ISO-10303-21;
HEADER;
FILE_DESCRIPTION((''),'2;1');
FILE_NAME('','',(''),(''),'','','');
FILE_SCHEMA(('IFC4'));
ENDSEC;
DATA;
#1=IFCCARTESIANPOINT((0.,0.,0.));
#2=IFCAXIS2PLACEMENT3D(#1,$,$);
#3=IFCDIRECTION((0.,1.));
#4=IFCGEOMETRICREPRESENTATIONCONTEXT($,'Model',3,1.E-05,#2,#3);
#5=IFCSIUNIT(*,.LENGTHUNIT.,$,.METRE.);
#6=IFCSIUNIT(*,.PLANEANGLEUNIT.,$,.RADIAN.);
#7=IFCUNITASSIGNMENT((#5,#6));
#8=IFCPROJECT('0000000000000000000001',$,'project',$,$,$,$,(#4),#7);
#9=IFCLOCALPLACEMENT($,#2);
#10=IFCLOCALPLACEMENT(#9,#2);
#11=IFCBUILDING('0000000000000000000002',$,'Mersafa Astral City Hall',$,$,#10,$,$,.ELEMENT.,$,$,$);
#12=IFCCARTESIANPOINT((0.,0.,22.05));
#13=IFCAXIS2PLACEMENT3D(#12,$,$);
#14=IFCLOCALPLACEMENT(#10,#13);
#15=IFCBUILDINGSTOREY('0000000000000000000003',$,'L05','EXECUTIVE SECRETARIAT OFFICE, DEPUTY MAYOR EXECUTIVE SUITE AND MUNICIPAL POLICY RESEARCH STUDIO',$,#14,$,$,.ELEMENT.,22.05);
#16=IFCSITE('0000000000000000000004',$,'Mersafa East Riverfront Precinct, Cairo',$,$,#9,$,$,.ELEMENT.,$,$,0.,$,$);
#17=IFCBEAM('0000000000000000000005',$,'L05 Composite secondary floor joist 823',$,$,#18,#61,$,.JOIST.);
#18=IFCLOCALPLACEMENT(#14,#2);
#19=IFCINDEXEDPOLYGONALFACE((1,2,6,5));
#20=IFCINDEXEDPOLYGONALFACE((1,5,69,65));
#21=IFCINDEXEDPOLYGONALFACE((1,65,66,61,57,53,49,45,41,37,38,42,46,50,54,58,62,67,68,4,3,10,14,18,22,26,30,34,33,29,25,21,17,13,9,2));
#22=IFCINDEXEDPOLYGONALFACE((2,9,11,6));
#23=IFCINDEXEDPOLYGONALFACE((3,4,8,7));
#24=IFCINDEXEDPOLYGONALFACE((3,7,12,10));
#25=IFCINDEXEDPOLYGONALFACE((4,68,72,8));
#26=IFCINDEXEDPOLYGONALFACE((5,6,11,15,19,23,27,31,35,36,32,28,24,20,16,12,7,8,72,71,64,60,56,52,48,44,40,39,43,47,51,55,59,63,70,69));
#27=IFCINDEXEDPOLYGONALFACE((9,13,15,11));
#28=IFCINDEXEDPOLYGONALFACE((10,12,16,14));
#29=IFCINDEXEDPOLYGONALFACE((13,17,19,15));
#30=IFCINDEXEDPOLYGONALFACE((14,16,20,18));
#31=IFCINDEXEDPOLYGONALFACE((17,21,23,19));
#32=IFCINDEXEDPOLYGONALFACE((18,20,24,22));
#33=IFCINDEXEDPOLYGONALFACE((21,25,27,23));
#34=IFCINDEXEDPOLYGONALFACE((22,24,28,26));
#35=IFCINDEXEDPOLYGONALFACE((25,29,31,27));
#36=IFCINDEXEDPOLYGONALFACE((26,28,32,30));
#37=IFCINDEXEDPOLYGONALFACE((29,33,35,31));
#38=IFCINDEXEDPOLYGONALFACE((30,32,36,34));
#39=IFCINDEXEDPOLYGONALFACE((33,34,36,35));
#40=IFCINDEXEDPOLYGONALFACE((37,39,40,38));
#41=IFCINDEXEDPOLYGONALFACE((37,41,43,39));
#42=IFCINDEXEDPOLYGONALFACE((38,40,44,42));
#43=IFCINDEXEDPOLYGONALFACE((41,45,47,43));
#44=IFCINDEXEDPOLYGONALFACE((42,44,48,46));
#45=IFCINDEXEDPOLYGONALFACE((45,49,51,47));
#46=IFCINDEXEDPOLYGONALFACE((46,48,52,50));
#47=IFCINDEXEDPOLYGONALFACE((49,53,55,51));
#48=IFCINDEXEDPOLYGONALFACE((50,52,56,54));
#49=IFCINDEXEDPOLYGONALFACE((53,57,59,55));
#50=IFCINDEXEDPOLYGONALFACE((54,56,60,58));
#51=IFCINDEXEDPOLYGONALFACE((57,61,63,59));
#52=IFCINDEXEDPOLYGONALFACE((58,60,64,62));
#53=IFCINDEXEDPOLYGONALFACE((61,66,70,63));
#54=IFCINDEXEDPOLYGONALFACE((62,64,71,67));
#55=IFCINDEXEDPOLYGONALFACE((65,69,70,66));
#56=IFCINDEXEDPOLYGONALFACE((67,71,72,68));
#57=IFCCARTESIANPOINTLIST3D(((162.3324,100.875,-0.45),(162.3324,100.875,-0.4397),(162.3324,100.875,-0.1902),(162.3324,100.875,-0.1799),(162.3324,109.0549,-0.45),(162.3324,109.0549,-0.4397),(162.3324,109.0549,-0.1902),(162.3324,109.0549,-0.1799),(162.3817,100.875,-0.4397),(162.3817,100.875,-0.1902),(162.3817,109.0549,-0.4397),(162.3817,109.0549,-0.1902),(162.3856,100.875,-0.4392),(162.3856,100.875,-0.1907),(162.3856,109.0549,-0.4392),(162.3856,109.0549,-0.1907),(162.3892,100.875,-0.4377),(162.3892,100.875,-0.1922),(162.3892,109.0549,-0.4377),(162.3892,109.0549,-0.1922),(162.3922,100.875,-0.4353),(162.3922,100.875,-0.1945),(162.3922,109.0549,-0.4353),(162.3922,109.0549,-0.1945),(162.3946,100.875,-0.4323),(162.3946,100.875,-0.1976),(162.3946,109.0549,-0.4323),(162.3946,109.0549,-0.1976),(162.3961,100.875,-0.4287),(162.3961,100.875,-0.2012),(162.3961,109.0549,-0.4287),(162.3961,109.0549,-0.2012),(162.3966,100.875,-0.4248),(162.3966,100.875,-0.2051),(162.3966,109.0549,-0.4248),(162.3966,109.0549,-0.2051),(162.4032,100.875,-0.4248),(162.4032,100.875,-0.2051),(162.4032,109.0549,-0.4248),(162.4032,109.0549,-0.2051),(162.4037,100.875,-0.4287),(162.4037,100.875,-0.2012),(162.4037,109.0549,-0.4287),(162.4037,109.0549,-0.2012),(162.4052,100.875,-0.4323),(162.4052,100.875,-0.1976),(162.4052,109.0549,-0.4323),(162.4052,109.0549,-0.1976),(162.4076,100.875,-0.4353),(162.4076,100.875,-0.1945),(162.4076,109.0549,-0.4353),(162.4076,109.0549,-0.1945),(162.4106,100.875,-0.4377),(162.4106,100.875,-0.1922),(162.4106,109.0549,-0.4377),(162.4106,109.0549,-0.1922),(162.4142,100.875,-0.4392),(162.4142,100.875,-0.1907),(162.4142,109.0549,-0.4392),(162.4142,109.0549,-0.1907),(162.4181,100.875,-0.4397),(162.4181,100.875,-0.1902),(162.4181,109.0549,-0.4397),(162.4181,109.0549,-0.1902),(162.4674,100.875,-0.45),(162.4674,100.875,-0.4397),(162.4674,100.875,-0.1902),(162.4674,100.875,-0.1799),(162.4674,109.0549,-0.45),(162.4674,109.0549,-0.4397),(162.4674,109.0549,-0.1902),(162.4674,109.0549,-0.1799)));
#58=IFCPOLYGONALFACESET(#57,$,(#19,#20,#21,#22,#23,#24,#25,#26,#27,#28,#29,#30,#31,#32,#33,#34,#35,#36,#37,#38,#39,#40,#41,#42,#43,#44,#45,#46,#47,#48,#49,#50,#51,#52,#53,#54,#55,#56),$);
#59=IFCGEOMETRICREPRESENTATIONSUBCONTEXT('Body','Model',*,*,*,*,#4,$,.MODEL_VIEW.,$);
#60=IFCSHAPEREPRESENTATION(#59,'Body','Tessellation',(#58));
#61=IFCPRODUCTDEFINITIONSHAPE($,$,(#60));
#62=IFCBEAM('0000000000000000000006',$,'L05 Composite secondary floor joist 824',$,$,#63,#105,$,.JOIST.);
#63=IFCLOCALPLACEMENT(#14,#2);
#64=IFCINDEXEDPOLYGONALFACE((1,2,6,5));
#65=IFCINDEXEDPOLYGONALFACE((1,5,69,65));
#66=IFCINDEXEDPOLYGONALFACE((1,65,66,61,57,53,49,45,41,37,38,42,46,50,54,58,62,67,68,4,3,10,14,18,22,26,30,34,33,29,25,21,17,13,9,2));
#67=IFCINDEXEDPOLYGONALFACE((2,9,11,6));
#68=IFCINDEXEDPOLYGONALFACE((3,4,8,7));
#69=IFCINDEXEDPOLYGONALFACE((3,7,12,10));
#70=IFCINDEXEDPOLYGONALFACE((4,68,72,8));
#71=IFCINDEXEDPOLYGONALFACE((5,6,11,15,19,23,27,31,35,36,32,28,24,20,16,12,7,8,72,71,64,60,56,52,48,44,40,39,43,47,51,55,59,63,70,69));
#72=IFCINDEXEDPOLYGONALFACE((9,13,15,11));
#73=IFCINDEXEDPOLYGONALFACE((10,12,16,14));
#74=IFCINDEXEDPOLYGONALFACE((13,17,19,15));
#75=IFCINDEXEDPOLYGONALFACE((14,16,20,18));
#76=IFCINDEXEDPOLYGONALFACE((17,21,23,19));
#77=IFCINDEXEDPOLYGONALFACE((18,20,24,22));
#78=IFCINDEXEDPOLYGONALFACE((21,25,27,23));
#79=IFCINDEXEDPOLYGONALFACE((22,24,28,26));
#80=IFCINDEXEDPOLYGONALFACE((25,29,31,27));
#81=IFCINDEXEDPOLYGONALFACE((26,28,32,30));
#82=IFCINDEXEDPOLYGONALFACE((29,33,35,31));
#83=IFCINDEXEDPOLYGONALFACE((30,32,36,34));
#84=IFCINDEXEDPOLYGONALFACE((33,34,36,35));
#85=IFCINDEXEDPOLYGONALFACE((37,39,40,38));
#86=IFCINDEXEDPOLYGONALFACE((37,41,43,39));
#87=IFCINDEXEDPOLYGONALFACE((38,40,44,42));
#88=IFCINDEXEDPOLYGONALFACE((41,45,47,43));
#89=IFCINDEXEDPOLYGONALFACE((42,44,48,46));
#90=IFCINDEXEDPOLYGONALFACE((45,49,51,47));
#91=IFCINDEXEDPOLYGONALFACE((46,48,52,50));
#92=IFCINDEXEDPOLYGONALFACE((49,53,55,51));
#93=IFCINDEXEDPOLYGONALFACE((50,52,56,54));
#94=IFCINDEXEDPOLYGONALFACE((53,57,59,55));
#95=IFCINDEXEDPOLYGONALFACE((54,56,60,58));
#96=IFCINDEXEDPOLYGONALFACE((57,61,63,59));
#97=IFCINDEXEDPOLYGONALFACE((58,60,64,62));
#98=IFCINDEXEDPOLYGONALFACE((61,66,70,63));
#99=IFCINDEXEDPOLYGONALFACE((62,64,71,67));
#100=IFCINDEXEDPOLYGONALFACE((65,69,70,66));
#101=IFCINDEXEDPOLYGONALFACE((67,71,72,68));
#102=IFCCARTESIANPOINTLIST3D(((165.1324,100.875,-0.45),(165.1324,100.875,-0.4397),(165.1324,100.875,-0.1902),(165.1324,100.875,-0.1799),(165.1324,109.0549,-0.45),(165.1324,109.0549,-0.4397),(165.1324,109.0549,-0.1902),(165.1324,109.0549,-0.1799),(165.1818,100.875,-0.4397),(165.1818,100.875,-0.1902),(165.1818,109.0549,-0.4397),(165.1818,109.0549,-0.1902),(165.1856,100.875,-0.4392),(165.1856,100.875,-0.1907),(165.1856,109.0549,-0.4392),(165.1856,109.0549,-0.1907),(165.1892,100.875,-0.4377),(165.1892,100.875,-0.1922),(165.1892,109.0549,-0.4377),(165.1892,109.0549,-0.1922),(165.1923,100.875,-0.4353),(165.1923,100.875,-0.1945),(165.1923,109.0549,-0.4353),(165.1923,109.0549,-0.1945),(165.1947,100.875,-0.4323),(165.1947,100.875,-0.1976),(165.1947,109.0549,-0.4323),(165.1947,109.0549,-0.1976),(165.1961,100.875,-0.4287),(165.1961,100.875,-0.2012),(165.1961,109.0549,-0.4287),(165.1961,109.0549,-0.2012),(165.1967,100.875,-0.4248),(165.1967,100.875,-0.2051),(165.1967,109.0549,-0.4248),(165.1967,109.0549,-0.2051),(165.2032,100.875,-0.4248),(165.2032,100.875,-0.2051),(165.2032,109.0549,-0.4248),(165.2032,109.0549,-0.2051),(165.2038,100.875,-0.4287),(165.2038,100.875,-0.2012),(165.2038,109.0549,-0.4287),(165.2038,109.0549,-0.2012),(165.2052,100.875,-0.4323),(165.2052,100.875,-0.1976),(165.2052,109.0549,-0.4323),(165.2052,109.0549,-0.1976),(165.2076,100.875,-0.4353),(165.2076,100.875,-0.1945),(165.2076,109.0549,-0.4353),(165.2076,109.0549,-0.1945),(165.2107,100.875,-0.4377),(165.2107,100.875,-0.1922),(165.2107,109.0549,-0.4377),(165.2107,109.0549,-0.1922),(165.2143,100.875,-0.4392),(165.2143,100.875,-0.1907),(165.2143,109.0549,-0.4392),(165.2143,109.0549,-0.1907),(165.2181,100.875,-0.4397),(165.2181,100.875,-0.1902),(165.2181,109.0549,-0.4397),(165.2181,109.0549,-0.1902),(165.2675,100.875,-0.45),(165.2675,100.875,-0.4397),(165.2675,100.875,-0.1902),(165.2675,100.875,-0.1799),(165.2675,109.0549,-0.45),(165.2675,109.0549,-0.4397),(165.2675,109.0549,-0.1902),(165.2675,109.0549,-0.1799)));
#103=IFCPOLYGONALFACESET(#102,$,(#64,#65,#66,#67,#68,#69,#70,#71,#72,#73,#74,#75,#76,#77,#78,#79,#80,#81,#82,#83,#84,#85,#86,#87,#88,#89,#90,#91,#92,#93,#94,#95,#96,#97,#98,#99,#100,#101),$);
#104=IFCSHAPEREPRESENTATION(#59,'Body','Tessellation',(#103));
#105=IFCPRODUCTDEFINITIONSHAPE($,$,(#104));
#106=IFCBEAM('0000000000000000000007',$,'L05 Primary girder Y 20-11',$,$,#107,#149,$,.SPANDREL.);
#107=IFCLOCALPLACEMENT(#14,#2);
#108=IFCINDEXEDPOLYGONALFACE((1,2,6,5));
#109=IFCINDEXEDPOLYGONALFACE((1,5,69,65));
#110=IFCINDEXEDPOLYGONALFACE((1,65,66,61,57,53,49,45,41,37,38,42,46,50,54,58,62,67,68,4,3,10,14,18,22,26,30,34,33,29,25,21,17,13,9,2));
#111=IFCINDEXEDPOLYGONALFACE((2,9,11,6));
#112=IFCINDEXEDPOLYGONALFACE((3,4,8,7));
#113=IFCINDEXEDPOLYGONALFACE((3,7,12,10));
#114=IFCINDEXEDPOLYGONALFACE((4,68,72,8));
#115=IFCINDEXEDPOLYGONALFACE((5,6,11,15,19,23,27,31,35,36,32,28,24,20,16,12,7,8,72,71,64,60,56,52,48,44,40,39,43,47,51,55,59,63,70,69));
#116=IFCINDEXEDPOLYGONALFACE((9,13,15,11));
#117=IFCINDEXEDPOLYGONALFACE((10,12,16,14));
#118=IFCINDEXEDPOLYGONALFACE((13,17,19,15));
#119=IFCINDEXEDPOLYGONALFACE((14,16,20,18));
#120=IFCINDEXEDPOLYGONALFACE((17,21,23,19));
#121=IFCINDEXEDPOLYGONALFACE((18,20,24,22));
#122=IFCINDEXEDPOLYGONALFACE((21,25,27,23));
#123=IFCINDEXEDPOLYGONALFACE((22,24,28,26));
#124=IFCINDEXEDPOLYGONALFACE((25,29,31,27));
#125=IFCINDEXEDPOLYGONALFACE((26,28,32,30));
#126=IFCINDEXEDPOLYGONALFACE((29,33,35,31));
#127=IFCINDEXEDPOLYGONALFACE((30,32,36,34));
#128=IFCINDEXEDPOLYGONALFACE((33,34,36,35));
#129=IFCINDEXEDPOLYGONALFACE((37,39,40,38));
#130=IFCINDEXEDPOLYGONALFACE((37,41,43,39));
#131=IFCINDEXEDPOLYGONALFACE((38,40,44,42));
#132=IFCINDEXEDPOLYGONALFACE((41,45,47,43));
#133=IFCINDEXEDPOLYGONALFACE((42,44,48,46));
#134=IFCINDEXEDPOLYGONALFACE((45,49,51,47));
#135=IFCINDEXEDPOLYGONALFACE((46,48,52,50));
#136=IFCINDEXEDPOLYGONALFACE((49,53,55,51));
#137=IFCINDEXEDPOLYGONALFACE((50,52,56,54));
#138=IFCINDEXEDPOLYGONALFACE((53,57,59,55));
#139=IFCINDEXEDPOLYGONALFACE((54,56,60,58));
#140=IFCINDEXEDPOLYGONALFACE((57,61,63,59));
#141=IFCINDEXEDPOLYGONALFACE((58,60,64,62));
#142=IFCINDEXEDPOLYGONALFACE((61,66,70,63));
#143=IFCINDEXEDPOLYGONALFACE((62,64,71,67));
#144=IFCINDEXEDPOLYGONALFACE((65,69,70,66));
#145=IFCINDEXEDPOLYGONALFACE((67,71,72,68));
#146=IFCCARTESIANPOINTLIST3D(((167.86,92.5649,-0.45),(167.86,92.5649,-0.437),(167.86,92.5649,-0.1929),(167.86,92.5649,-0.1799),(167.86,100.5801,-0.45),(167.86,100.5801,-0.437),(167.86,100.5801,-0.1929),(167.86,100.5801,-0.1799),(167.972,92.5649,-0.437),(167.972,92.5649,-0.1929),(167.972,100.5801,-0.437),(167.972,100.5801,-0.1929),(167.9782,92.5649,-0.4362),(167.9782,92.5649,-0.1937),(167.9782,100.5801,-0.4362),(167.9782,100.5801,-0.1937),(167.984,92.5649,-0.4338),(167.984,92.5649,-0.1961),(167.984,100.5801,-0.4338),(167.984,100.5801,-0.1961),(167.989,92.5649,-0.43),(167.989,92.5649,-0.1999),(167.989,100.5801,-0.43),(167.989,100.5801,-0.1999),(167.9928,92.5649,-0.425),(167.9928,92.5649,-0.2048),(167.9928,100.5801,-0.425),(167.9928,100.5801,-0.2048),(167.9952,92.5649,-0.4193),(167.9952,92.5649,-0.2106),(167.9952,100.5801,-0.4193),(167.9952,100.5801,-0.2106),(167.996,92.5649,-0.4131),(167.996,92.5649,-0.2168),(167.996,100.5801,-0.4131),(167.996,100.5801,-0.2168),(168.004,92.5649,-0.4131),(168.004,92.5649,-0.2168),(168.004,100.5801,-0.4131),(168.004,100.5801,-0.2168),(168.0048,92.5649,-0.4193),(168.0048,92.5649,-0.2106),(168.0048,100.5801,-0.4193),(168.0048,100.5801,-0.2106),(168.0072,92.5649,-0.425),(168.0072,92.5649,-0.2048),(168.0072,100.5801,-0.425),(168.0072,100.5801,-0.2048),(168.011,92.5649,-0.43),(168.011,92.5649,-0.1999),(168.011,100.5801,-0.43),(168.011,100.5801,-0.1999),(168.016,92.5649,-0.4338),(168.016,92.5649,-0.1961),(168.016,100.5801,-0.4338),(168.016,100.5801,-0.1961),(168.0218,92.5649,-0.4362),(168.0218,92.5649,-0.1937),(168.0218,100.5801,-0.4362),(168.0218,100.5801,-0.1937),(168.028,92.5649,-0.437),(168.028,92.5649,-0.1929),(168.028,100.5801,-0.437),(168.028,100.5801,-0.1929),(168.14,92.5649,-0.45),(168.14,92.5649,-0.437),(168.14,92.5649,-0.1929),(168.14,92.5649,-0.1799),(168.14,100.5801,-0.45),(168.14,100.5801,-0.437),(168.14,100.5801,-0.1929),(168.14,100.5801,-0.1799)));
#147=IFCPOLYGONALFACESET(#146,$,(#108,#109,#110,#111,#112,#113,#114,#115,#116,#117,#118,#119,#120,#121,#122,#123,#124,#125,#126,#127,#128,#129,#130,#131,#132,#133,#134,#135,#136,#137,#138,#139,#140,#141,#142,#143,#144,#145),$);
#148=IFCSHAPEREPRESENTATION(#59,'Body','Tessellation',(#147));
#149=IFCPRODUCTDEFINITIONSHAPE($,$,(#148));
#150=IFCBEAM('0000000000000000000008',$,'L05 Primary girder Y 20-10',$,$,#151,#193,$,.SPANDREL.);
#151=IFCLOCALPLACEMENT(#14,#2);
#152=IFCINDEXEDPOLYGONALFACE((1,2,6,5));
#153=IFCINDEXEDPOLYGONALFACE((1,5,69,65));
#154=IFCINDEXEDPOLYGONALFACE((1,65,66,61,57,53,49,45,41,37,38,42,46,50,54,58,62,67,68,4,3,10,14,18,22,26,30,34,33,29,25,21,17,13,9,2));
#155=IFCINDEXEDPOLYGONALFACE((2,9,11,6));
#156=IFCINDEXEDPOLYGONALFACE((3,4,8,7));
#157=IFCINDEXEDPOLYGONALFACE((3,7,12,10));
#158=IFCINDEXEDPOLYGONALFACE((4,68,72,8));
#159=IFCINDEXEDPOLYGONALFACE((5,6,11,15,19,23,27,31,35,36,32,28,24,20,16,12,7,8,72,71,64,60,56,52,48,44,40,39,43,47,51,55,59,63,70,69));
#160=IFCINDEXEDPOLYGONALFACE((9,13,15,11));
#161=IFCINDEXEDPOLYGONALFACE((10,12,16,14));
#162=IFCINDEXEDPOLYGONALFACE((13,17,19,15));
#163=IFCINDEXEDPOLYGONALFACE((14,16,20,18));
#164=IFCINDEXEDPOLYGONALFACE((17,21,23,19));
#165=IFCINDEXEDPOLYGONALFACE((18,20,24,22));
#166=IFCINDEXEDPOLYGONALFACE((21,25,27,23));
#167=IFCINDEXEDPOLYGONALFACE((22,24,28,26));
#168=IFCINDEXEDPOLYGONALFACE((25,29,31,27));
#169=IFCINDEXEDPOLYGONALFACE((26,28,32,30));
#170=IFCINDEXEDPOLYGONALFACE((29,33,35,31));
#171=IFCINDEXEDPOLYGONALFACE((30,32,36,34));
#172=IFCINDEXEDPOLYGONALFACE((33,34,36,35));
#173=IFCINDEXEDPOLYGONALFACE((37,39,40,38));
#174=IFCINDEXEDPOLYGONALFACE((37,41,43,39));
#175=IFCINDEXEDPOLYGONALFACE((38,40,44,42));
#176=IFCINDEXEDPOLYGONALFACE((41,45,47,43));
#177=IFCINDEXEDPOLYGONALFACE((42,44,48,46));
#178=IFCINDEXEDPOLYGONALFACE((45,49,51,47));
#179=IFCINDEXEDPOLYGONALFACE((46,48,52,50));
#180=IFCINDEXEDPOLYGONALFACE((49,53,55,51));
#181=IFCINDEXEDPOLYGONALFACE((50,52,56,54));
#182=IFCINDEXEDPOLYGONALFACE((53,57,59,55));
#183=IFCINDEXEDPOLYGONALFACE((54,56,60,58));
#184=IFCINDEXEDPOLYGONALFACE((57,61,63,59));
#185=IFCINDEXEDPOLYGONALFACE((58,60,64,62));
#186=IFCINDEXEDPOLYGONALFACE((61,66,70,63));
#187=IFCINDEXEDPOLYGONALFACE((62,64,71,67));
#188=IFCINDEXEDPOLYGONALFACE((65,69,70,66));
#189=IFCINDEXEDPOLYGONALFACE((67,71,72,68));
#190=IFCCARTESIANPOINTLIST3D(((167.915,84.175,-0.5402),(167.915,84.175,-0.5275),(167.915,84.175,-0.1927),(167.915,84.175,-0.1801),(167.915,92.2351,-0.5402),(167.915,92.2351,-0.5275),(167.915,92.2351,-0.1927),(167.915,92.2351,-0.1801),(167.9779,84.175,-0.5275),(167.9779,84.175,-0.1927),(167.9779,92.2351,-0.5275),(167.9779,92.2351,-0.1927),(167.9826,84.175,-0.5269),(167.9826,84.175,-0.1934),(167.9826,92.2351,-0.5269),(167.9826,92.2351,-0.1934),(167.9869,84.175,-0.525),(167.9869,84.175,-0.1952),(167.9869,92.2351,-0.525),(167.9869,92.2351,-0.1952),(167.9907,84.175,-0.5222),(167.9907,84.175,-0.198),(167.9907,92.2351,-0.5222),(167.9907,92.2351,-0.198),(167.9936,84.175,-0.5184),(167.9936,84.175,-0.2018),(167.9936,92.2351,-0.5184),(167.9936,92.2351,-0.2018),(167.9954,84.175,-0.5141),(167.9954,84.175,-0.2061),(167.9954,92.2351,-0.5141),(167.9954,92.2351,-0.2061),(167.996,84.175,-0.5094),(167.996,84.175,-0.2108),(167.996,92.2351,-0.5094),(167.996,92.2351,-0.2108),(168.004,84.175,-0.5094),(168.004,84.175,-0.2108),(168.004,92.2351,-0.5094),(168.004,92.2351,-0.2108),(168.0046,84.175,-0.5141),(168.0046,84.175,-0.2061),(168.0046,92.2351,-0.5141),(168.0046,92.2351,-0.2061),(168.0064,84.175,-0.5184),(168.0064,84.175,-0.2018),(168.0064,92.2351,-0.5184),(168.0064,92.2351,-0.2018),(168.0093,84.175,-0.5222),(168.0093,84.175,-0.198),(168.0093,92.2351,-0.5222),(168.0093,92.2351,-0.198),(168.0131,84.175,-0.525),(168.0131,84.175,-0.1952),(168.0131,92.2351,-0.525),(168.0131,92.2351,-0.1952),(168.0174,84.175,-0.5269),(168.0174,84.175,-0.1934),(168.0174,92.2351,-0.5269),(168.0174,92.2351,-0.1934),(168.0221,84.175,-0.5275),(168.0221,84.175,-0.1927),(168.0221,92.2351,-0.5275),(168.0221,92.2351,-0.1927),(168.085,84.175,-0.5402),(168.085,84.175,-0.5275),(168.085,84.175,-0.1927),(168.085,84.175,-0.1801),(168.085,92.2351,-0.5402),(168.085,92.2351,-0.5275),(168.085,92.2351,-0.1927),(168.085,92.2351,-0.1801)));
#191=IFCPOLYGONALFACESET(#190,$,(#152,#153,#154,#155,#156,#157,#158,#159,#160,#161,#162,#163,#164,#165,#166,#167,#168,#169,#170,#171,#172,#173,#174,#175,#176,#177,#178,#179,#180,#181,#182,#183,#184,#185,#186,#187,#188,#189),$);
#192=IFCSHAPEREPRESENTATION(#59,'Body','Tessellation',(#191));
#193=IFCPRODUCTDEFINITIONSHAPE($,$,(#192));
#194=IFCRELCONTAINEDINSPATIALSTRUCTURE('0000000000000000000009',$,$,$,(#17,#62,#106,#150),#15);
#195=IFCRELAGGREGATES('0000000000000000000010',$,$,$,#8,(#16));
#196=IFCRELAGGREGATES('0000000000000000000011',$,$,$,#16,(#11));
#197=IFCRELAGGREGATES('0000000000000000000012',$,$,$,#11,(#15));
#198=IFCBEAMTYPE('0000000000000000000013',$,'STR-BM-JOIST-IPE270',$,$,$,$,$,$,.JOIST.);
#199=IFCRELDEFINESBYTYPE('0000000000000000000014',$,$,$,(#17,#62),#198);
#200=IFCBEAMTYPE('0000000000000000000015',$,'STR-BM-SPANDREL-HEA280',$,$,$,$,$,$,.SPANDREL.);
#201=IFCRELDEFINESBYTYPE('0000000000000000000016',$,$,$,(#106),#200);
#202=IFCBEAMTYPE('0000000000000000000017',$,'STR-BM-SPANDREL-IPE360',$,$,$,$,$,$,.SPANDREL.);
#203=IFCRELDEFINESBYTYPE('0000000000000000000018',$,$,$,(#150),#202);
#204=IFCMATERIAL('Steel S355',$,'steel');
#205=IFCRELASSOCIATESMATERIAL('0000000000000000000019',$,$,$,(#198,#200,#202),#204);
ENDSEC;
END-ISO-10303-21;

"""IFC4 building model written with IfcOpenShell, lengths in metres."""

from ifc_helpers import new_model, si_unit, direction, frame, origin, origin_2d, place, context, subcontext, project, spatial, i_section, extrude, material, material_profile, profile_set, type_object, element, save


model = new_model("IFC4")

# Units and contexts
model_context = context("Model", 3, precision=1e-05, world=origin(), true_north=direction((0.0, 1.0)))
body_context = subcontext(model_context, "Body", "Model", "MODEL_VIEW")
ifc_project = project(units=[si_unit("LENGTHUNIT", "METRE"), si_unit("PLANEANGLEUNIT", "RADIAN")], contexts=[model_context])

# Site, building, storey
site_placement = place(None, origin())
site = spatial("IfcSite", under=ifc_project, at=site_placement, Name="Mersafa East Riverfront Precinct, Cairo", CompositionType="ELEMENT", RefElevation=0.0)
building_placement = place(site_placement, origin())
building = spatial("IfcBuilding", under=site, at=building_placement, Name="Mersafa Astral City Hall", CompositionType="ELEMENT")
storey_placement = place(building_placement, frame((0.0, 0.0, 22.05)))
storey = spatial("IfcBuildingStorey", under=building, at=storey_placement, Name="L05", Description="EXECUTIVE SECRETARIAT OFFICE, DEPUTY MAYOR EXECUTIVE SUITE AND MUNICIPAL POLICY RESEARCH STUDIO", CompositionType="ELEMENT", Elevation=22.05)

# Shared definitions
ifc_material_1 = material(Name="Steel S355", Category="steel")

# Beams
ifc_material_profile_1 = material_profile(ifc_material_1, i_section(OverallWidth=0.135, OverallDepth=0.27, WebThickness=0.0066, FlangeThickness=0.0103, FilletRadius=0.0149, at=origin_2d()), Name="IPE 270")
ifc_profile_set_1 = profile_set([ifc_material_profile_1], Name="Steel S355")
beam_type_1 = type_object("IfcBeamType", Name="STR-BM-JOIST-IPE270", PredefinedType="JOIST", material=ifc_profile_set_1)
for number, where, z_axis, x_axis, name in (
    (1, (162.3999, 100.875, -0.3149), (0.0, 1.0, 0.0), (-1.0, 0.0, 0.0), "L05 Composite secondary floor joist 823"),
    (2, (165.2, 100.875, -0.3149), (0.0, 1.0, 0.0), (-1.0, 0.0, 0.0), "L05 Composite secondary floor joist 824"),
):
    element("IfcBeam", number, at=place(storey_placement, frame(where, z_axis=z_axis, x_axis=x_axis)), inside=storey, type_object=beam_type_1, Name=name, PredefinedType="JOIST", context=body_context, shape_type="SweptSolid", body=[
        extrude(i_section(OverallWidth=0.135, OverallDepth=0.27, WebThickness=0.0066, FlangeThickness=0.0103, FilletRadius=0.0149, at=origin_2d()), origin(), (0.0, 0.0, 1.0), 8.1799),
    ])
ifc_material_profile_2 = material_profile(ifc_material_1, i_section(OverallWidth=0.28, OverallDepth=0.27, WebThickness=0.0081, FlangeThickness=0.0129, FilletRadius=0.0239, at=origin_2d()), Name="HEA 280")
ifc_profile_set_2 = profile_set([ifc_material_profile_2], Name="Steel S355")
beam_type_2 = type_object("IfcBeamType", Name="STR-BM-SPANDREL-HEA280", PredefinedType="SPANDREL", material=ifc_profile_set_2)
beam_1_placement = place(storey_placement, frame((168.0, 92.5649, -0.3149), z_axis=(0.0, 1.0, 0.0), x_axis=(-1.0, 0.0, 0.0)))
element("IfcBeam", 3, at=beam_1_placement, inside=storey, type_object=beam_type_2, Name="L05 Primary girder Y 20-11", PredefinedType="SPANDREL", context=body_context, shape_type="SweptSolid", body=[
    extrude(i_section(OverallWidth=0.28, OverallDepth=0.27, WebThickness=0.0081, FlangeThickness=0.0129, FilletRadius=0.0239, at=origin_2d()), origin(), (0.0, 0.0, 1.0), 8.0151),
])
ifc_material_profile_3 = material_profile(ifc_material_1, i_section(OverallWidth=0.1699, OverallDepth=0.3601, WebThickness=0.0081, FlangeThickness=0.0127, FilletRadius=0.0181, at=origin_2d()), Name="IPE 360")
ifc_profile_set_3 = profile_set([ifc_material_profile_3], Name="Steel S355")
beam_type_3 = type_object("IfcBeamType", Name="STR-BM-SPANDREL-IPE360", PredefinedType="SPANDREL", material=ifc_profile_set_3)
beam_2_placement = place(storey_placement, frame((168.0, 84.175, -0.3601), z_axis=(0.0, 1.0, 0.0), x_axis=(-1.0, 0.0, 0.0)))
element("IfcBeam", 4, at=beam_2_placement, inside=storey, type_object=beam_type_3, Name="L05 Primary girder Y 20-10", PredefinedType="SPANDREL", context=body_context, shape_type="SweptSolid", body=[
    extrude(i_section(OverallWidth=0.1699, OverallDepth=0.3601, WebThickness=0.0081, FlangeThickness=0.0127, FilletRadius=0.0181, at=origin_2d()), origin(), (0.0, 0.0, 1.0), 8.0601),
])

save(model, "model.ifc")
